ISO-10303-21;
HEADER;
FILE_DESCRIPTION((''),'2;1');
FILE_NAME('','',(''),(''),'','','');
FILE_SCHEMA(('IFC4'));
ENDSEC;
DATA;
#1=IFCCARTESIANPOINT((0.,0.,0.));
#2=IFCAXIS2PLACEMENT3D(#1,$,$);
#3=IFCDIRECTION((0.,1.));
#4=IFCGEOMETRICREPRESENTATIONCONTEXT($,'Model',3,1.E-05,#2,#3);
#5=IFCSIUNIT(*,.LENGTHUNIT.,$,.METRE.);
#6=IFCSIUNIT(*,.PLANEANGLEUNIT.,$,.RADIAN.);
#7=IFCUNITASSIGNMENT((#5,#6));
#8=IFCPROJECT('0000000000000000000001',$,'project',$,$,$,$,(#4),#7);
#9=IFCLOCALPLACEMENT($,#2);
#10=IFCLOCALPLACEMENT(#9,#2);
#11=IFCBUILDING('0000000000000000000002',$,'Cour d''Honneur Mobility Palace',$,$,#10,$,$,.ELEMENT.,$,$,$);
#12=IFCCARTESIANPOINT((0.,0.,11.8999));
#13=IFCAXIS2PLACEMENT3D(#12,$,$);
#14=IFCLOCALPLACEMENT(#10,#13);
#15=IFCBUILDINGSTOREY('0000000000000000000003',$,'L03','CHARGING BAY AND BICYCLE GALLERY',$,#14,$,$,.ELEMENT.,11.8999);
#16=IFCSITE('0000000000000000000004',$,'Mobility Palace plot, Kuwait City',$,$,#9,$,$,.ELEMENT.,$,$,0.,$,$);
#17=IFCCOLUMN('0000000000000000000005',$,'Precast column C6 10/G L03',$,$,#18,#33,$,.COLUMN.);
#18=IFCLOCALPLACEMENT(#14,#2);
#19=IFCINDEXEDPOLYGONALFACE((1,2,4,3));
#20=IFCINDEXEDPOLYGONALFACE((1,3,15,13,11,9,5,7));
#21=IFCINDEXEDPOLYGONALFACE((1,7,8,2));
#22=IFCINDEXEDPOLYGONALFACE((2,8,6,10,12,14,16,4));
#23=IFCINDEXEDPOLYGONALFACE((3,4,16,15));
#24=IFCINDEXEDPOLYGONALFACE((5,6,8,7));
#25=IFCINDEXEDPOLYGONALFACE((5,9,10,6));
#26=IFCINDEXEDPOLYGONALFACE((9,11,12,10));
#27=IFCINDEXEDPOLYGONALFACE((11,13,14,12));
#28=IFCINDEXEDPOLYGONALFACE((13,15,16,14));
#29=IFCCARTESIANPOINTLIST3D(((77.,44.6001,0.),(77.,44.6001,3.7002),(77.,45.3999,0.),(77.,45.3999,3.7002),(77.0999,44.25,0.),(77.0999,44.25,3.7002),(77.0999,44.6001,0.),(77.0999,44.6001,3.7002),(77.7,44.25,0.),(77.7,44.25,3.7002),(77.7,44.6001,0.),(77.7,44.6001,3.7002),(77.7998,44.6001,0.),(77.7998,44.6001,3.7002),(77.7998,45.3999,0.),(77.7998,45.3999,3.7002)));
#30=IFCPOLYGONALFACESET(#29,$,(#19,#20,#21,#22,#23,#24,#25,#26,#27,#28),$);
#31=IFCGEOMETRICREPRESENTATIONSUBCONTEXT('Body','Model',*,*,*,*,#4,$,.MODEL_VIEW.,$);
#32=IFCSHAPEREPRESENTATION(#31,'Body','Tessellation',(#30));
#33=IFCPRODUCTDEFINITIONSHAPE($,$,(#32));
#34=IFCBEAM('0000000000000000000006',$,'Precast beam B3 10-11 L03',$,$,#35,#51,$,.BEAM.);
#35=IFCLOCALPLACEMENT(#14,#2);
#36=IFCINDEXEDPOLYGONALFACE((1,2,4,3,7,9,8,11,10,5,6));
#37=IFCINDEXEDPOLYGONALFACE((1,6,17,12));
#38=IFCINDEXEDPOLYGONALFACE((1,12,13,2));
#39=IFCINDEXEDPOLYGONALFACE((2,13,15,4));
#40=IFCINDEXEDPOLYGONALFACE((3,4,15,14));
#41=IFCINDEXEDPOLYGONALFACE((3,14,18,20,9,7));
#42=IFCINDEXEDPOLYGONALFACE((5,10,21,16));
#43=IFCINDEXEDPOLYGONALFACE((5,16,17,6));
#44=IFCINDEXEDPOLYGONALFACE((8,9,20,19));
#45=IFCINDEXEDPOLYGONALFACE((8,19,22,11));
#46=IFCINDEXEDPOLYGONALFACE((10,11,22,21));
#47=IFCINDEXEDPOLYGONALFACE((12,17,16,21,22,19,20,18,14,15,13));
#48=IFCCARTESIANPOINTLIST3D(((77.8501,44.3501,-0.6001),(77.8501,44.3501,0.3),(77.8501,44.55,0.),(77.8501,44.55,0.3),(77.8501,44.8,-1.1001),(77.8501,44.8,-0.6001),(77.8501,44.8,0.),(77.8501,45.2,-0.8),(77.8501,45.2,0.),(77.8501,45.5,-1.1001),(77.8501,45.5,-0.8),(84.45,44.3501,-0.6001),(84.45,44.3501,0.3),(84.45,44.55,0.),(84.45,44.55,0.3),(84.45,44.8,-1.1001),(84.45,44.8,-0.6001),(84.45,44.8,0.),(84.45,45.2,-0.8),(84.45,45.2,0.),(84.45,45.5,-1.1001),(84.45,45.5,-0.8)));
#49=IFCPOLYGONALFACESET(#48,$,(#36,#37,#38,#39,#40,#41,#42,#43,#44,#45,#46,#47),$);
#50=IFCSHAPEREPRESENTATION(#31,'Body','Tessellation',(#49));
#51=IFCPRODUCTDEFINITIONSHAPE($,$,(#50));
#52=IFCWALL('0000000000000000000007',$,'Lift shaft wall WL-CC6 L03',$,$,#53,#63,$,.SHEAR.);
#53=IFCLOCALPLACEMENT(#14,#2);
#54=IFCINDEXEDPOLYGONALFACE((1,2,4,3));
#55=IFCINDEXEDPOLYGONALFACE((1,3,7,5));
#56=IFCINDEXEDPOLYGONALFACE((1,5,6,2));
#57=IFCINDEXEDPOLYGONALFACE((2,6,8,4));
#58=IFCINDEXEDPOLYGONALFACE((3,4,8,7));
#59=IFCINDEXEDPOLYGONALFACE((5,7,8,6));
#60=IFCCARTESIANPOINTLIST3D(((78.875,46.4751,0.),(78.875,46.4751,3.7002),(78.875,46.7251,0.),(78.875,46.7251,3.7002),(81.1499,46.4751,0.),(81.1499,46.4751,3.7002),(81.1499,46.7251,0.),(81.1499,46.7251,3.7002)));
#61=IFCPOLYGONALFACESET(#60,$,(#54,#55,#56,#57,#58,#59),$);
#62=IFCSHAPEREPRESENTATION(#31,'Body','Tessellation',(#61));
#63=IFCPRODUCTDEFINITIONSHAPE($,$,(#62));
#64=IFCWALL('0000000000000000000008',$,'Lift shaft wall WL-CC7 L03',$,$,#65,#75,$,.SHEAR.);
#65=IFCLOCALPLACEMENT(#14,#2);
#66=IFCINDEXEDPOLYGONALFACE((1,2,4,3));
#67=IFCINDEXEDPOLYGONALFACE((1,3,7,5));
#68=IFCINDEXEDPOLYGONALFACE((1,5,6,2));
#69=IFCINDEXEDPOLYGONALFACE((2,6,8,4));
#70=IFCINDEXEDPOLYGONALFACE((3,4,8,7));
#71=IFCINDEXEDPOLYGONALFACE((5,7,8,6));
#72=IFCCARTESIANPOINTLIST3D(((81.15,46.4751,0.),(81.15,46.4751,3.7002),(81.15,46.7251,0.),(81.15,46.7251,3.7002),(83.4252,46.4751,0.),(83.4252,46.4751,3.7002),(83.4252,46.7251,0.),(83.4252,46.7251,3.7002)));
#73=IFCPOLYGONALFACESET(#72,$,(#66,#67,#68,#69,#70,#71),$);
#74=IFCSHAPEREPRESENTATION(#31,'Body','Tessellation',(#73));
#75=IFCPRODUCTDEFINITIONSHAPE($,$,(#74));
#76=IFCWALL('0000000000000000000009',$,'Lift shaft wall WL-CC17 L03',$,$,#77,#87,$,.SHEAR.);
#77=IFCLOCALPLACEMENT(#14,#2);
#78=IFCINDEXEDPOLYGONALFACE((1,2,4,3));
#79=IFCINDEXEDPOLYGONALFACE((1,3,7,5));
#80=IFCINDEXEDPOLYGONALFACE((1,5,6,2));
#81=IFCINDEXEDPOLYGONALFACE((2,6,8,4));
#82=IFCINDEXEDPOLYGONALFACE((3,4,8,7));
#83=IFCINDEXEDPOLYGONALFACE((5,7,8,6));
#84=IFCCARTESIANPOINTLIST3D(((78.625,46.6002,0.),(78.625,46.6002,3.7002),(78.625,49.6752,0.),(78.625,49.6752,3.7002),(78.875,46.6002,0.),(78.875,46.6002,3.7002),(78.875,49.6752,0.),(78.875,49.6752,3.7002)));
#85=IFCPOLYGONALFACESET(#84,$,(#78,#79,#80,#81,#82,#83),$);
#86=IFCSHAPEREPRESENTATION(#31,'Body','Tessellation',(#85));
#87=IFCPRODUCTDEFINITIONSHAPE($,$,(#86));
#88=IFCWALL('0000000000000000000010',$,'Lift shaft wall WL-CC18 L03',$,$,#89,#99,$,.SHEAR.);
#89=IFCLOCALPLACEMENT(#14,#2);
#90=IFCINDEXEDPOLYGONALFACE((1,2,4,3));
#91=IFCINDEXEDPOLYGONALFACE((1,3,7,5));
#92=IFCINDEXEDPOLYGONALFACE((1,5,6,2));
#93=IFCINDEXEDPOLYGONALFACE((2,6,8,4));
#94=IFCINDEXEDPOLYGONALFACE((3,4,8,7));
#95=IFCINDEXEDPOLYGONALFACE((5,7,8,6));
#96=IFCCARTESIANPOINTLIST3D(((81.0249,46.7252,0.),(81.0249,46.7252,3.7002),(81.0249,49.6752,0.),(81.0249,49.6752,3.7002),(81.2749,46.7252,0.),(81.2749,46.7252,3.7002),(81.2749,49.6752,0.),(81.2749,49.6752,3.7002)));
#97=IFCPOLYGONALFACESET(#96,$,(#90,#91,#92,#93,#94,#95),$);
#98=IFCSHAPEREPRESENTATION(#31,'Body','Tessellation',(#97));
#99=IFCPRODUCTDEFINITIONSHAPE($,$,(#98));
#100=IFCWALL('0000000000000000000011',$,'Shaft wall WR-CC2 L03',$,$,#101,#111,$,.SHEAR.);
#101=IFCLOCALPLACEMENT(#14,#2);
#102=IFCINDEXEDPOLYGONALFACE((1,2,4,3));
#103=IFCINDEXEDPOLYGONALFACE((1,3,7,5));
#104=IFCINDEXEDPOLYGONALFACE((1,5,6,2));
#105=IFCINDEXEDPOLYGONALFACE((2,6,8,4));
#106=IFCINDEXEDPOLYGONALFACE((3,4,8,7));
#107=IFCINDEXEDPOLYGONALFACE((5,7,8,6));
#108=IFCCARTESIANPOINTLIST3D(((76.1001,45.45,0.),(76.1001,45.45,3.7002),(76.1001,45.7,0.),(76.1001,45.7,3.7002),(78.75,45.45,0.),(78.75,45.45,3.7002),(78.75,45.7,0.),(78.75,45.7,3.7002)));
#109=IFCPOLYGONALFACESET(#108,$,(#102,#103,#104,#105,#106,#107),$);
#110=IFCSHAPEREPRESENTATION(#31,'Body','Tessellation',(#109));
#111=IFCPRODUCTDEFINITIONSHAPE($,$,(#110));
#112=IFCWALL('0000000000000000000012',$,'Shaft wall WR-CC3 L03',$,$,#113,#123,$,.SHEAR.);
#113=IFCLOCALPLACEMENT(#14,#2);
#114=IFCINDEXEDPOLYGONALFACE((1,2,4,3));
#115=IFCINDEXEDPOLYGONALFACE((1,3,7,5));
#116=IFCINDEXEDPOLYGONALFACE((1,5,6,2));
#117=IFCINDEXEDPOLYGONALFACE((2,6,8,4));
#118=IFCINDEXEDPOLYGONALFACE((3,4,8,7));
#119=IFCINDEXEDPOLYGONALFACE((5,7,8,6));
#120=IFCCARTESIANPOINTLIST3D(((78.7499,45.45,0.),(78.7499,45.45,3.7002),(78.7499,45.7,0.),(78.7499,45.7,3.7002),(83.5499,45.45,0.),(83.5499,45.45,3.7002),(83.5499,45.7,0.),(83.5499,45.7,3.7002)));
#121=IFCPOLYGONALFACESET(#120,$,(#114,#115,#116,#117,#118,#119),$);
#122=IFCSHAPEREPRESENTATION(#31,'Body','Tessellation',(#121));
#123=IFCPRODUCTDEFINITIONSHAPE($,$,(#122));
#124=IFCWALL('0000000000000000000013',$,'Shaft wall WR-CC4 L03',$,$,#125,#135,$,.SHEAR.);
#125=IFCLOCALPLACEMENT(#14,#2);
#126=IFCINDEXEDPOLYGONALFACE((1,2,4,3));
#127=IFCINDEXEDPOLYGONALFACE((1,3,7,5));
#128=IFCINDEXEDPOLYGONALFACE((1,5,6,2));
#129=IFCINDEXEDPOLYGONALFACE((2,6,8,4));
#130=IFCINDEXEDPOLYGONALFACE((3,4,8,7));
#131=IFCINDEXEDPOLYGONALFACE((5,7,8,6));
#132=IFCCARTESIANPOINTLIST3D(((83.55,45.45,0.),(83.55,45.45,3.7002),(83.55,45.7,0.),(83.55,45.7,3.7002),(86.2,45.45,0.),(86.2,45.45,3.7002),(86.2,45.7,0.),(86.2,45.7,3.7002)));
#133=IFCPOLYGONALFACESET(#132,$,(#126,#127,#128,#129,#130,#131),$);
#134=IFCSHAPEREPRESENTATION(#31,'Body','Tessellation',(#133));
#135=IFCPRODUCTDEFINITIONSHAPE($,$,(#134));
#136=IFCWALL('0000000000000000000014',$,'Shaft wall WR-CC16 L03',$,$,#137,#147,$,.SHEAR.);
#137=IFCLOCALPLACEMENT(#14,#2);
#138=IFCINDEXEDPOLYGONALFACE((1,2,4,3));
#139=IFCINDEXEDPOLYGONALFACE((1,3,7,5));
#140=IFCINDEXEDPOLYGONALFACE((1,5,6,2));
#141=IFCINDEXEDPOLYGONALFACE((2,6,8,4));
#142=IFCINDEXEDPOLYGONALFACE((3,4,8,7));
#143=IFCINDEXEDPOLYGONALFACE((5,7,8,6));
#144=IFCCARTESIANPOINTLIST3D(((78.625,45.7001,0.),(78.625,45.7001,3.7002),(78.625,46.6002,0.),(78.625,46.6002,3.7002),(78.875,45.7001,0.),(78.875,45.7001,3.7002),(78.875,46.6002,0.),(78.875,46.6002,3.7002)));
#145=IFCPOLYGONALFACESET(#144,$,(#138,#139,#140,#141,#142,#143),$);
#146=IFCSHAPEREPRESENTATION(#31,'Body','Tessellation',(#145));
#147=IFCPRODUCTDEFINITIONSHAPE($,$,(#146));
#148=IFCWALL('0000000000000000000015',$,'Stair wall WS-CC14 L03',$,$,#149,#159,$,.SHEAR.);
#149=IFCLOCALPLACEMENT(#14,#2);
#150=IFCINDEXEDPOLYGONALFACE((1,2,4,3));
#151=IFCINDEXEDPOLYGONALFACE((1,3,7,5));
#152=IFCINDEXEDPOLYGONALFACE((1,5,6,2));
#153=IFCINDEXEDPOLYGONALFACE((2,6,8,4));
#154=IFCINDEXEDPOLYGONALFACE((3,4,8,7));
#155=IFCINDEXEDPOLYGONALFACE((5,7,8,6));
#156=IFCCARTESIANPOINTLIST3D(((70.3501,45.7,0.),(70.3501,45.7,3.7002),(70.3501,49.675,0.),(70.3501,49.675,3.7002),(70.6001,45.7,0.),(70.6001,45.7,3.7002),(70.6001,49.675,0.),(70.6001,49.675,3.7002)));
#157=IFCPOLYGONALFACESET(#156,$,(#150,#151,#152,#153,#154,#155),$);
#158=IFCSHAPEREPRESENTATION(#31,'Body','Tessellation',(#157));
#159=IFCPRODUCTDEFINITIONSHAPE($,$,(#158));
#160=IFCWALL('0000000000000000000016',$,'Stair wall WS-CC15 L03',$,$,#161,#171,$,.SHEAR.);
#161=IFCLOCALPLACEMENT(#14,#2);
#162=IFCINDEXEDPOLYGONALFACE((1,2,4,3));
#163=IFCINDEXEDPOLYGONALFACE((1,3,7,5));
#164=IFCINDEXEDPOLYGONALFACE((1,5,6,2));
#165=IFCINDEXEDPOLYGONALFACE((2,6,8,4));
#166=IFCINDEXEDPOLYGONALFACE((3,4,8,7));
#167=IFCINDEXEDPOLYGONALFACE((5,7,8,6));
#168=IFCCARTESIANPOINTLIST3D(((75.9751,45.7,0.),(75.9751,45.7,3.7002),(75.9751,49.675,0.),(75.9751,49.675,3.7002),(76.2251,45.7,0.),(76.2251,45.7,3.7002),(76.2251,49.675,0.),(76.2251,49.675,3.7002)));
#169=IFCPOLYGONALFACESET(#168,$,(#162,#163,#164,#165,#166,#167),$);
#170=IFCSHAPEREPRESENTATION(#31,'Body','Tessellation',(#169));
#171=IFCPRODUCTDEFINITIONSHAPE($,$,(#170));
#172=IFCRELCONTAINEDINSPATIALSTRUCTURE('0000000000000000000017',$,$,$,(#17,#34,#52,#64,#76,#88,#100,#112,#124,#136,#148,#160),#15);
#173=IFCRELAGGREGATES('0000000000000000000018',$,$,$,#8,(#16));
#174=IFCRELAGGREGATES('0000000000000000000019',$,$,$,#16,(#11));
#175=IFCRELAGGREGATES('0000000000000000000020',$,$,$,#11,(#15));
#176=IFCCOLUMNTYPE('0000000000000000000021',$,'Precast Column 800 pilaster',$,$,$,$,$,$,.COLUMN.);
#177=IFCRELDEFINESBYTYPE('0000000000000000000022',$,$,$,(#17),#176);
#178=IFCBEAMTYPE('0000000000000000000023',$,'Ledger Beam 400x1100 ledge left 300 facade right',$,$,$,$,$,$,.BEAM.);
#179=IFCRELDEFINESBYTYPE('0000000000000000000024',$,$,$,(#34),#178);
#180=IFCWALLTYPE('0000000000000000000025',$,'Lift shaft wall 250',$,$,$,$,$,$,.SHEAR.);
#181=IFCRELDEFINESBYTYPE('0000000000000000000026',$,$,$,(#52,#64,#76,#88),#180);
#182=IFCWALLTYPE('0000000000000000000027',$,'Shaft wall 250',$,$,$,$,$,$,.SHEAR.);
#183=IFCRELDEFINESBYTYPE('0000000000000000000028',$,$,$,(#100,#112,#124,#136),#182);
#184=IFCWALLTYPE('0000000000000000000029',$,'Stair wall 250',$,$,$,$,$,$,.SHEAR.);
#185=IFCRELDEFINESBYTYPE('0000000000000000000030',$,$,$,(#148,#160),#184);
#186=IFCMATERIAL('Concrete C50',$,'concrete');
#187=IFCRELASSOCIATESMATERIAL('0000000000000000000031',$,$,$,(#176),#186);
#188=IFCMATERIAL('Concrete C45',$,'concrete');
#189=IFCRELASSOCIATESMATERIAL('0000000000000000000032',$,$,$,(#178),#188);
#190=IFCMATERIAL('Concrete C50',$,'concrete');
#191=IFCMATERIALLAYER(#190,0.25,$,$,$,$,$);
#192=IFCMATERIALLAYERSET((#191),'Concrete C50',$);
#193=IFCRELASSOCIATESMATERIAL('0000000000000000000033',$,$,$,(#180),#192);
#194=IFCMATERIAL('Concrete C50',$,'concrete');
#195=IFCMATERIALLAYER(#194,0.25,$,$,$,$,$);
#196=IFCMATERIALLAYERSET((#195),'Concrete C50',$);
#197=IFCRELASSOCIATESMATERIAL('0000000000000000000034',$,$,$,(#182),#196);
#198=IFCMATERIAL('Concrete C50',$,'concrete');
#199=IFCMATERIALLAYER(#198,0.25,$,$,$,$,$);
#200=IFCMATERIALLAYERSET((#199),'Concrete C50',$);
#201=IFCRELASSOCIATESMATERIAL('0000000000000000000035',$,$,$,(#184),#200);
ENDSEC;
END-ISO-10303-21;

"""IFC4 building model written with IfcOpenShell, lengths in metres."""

from ifc_helpers import new_model, si_unit, direction, frame, frame_2d, origin, place, context, subcontext, project, spatial, polyline, rectangle, outline, extrude, material, layer, layer_set, material_profile, profile_set, type_object, element, save


model = new_model("IFC4")

# Units and contexts
model_context = context("Model", 3, precision=1e-05, world=origin(), true_north=direction((0.0, 1.0)))
body_context = subcontext(model_context, "Body", "Model", "MODEL_VIEW")
ifc_project = project(units=[si_unit("LENGTHUNIT", "METRE"), si_unit("PLANEANGLEUNIT", "RADIAN")], contexts=[model_context])

# Site, building, storey
site_placement = place(None, origin())
site = spatial("IfcSite", under=ifc_project, at=site_placement, Name="Mobility Palace plot, Kuwait City", CompositionType="ELEMENT", RefElevation=0.0)
building_placement = place(site_placement, origin())
building = spatial("IfcBuilding", under=site, at=building_placement, Name="Cour d'Honneur Mobility Palace", CompositionType="ELEMENT")
storey_placement = place(building_placement, frame((0.0, 0.0, 11.8999)))
storey = spatial("IfcBuildingStorey", under=building, at=storey_placement, Name="L03", Description="CHARGING BAY AND BICYCLE GALLERY", CompositionType="ELEMENT", Elevation=11.8999)

# Column
ifc_material_1 = material(Name="Concrete C50", Category="concrete")
ifc_material_profile_1 = material_profile(ifc_material_1, outline(polyline([(-0.3999, -0.3999), (0.3999, -0.3999), (0.3999, -0.3), (0.75, -0.3), (0.75, 0.3), (0.3999, 0.3), (0.3999, 0.3999), (-0.3999, 0.3999), (-0.3999, -0.3999)])), Name="PC C800 pilaster")
ifc_profile_set_1 = profile_set([ifc_material_profile_1], Name="Concrete C50")
column_type = type_object("IfcColumnType", Name="Precast Column 800 pilaster", PredefinedType="COLUMN", material=ifc_profile_set_1)
column_placement = place(storey_placement, frame((77.3999, 45.0, 0.0), z_axis=(0.0, 0.0, 1.0), x_axis=(0.0, -1.0, 0.0)))
element("IfcColumn", 1, at=column_placement, inside=storey, type_object=column_type, Name="Precast column C6 10/G L03", PredefinedType="COLUMN", context=body_context, shape_type="SweptSolid", body=[
    extrude(outline(polyline([(-0.3999, -0.3999), (0.3999, -0.3999), (0.3999, -0.3), (0.75, -0.3), (0.75, 0.3), (0.3999, 0.3), (0.3999, 0.3999), (-0.3999, 0.3999), (-0.3999, -0.3999)])), origin(), (0.0, 0.0, 1.0), 3.7002),
])

# Beam
ifc_material_2 = material(Name="Concrete C45", Category="concrete")
ifc_material_profile_2 = material_profile(ifc_material_2, outline(polyline([(0.5, -1.1001), (0.5, -0.8), (0.2, -0.8), (0.2, 0.0), (-0.2, 0.0), (-0.45, 0.0), (-0.45, 0.3), (-0.6499, 0.3), (-0.6499, -0.6001), (-0.2, -0.6001), (-0.2, -1.1001), (0.5, -1.1001)])), Name="Ledger Beam 400x1100 ledge left 300 facade right")
ifc_profile_set_2 = profile_set([ifc_material_profile_2], Name="Concrete C45")
beam_type = type_object("IfcBeamType", Name="Ledger Beam 400x1100 ledge left 300 facade right", PredefinedType="BEAM", material=ifc_profile_set_2)
beam_placement = place(storey_placement, frame((77.8501, 45.0, 0.0), z_axis=(1.0, 0.0, 0.0), x_axis=(0.0, 1.0, 0.0)))
element("IfcBeam", 2, at=beam_placement, inside=storey, type_object=beam_type, Name="Precast beam B3 10-11 L03", PredefinedType="BEAM", context=body_context, shape_type="SweptSolid", body=[
    extrude(outline(polyline([(0.5, -1.1001), (0.5, -0.8), (0.2, -0.8), (0.2, 0.0), (-0.2, 0.0), (-0.45, 0.0), (-0.45, 0.3), (-0.6499, 0.3), (-0.6499, -0.6001), (-0.2, -0.6001), (-0.2, -1.1001), (0.5, -1.1001)])), origin(), (0.0, 0.0, 1.0), 6.5999),
])

# Walls
ifc_material_3 = material(Name="Concrete C50", Category="concrete")
ifc_layer_1 = layer(ifc_material_3, 0.25)
ifc_layer_set_1 = layer_set([ifc_layer_1], Name="Concrete C50")
wall_type_1 = type_object("IfcWallType", Name="Lift shaft wall 250", PredefinedType="SHEAR", material=ifc_layer_set_1)
wall_1_placement = place(storey_placement, frame((78.875, 46.6001, 0.0), z_axis=(0.0, 0.0, 1.0), x_axis=(1.0, 0.0, 0.0)))
element("IfcWall", 3, at=wall_1_placement, inside=storey, type_object=wall_type_1, Name="Lift shaft wall WL-CC6 L03", PredefinedType="SHEAR", context=body_context, shape_type="SweptSolid", body=[
    extrude(rectangle(XDim=2.2749, YDim=0.25, at=frame_2d((1.1375, 0.0))), origin(), (0.0, 0.0, 1.0), 3.7002),
])
wall_2_placement = place(storey_placement, frame((81.1499, 46.6001, 0.0), z_axis=(0.0, 0.0, 1.0), x_axis=(1.0, 0.0, 0.0)))
element("IfcWall", 4, at=wall_2_placement, inside=storey, type_object=wall_type_1, Name="Lift shaft wall WL-CC7 L03", PredefinedType="SHEAR", context=body_context, shape_type="SweptSolid", body=[
    extrude(rectangle(XDim=2.2751, YDim=0.25, at=frame_2d((1.1377, 0.0))), origin(), (0.0, 0.0, 1.0), 3.7002),
])
wall_3_placement = place(storey_placement, frame((78.75, 46.6001, 0.0), z_axis=(0.0, 0.0, 1.0), x_axis=(0.0, 1.0, 0.0)))
element("IfcWall", 5, at=wall_3_placement, inside=storey, type_object=wall_type_1, Name="Lift shaft wall WL-CC17 L03", PredefinedType="SHEAR", context=body_context, shape_type="SweptSolid", body=[
    extrude(rectangle(XDim=3.075, YDim=0.25, at=frame_2d((1.5376, 0.0))), origin(), (0.0, 0.0, 1.0), 3.7002),
])
wall_4_placement = place(storey_placement, frame((81.1499, 46.7251, 0.0), z_axis=(0.0, 0.0, 1.0), x_axis=(0.0, 1.0, 0.0)))
element("IfcWall", 6, at=wall_4_placement, inside=storey, type_object=wall_type_1, Name="Lift shaft wall WL-CC18 L03", PredefinedType="SHEAR", context=body_context, shape_type="SweptSolid", body=[
    extrude(rectangle(XDim=2.95, YDim=0.25, at=frame_2d((1.4751, 0.0))), origin(), (0.0, 0.0, 1.0), 3.7002),
])
ifc_material_4 = material(Name="Concrete C50", Category="concrete")
ifc_layer_2 = layer(ifc_material_4, 0.25)
ifc_layer_set_2 = layer_set([ifc_layer_2], Name="Concrete C50")
wall_type_2 = type_object("IfcWallType", Name="Shaft wall 250", PredefinedType="SHEAR", material=ifc_layer_set_2)
wall_5_placement = place(storey_placement, frame((76.1001, 45.575, 0.0), z_axis=(0.0, 0.0, 1.0), x_axis=(1.0, 0.0, 0.0)))
element("IfcWall", 7, at=wall_5_placement, inside=storey, type_object=wall_type_2, Name="Shaft wall WR-CC2 L03", PredefinedType="SHEAR", context=body_context, shape_type="SweptSolid", body=[
    extrude(rectangle(XDim=2.6499, YDim=0.25, at=frame_2d((1.325, 0.0))), origin(), (0.0, 0.0, 1.0), 3.7002),
])
wall_6_placement = place(storey_placement, frame((78.75, 45.575, 0.0), z_axis=(0.0, 0.0, 1.0), x_axis=(1.0, 0.0, 0.0)))
element("IfcWall", 8, at=wall_6_placement, inside=storey, type_object=wall_type_2, Name="Shaft wall WR-CC3 L03", PredefinedType="SHEAR", context=body_context, shape_type="SweptSolid", body=[
    extrude(rectangle(XDim=4.8, YDim=0.25, at=frame_2d((2.3999, 0.0))), origin(), (0.0, 0.0, 1.0), 3.7002),
])
wall_7_placement = place(storey_placement, frame((83.55, 45.575, 0.0), z_axis=(0.0, 0.0, 1.0), x_axis=(1.0, 0.0, 0.0)))
element("IfcWall", 9, at=wall_7_placement, inside=storey, type_object=wall_type_2, Name="Shaft wall WR-CC4 L03", PredefinedType="SHEAR", context=body_context, shape_type="SweptSolid", body=[
    extrude(rectangle(XDim=2.6499, YDim=0.25, at=frame_2d((1.325, 0.0))), origin(), (0.0, 0.0, 1.0), 3.7002),
])
wall_8_placement = place(storey_placement, frame((78.75, 45.7, 0.0), z_axis=(0.0, 0.0, 1.0), x_axis=(0.0, 1.0, 0.0)))
element("IfcWall", 10, at=wall_8_placement, inside=storey, type_object=wall_type_2, Name="Shaft wall WR-CC16 L03", PredefinedType="SHEAR", context=body_context, shape_type="SweptSolid", body=[
    extrude(rectangle(XDim=0.9001, YDim=0.25, at=frame_2d((0.4502, 0.0))), origin(), (0.0, 0.0, 1.0), 3.7002),
])
ifc_material_5 = material(Name="Concrete C50", Category="concrete")
ifc_layer_3 = layer(ifc_material_5, 0.25)
ifc_layer_set_3 = layer_set([ifc_layer_3], Name="Concrete C50")
wall_type_3 = type_object("IfcWallType", Name="Stair wall 250", PredefinedType="SHEAR", material=ifc_layer_set_3)
for number, where, z_axis, x_axis, name in (
    (11, (70.4751, 45.7, 0.0), (0.0, 0.0, 1.0), (0.0, 1.0, 0.0), "Stair wall WS-CC14 L03"),
    (12, (76.1001, 45.7, 0.0), (0.0, 0.0, 1.0), (0.0, 1.0, 0.0), "Stair wall WS-CC15 L03"),
):
    element("IfcWall", number, at=place(storey_placement, frame(where, z_axis=z_axis, x_axis=x_axis)), inside=storey, type_object=wall_type_3, Name=name, PredefinedType="SHEAR", context=body_context, shape_type="SweptSolid", body=[
        extrude(rectangle(XDim=3.9751, YDim=0.25, at=frame_2d((1.9875, 0.0))), origin(), (0.0, 0.0, 1.0), 3.7002),
    ])

save(model, "model.ifc")
